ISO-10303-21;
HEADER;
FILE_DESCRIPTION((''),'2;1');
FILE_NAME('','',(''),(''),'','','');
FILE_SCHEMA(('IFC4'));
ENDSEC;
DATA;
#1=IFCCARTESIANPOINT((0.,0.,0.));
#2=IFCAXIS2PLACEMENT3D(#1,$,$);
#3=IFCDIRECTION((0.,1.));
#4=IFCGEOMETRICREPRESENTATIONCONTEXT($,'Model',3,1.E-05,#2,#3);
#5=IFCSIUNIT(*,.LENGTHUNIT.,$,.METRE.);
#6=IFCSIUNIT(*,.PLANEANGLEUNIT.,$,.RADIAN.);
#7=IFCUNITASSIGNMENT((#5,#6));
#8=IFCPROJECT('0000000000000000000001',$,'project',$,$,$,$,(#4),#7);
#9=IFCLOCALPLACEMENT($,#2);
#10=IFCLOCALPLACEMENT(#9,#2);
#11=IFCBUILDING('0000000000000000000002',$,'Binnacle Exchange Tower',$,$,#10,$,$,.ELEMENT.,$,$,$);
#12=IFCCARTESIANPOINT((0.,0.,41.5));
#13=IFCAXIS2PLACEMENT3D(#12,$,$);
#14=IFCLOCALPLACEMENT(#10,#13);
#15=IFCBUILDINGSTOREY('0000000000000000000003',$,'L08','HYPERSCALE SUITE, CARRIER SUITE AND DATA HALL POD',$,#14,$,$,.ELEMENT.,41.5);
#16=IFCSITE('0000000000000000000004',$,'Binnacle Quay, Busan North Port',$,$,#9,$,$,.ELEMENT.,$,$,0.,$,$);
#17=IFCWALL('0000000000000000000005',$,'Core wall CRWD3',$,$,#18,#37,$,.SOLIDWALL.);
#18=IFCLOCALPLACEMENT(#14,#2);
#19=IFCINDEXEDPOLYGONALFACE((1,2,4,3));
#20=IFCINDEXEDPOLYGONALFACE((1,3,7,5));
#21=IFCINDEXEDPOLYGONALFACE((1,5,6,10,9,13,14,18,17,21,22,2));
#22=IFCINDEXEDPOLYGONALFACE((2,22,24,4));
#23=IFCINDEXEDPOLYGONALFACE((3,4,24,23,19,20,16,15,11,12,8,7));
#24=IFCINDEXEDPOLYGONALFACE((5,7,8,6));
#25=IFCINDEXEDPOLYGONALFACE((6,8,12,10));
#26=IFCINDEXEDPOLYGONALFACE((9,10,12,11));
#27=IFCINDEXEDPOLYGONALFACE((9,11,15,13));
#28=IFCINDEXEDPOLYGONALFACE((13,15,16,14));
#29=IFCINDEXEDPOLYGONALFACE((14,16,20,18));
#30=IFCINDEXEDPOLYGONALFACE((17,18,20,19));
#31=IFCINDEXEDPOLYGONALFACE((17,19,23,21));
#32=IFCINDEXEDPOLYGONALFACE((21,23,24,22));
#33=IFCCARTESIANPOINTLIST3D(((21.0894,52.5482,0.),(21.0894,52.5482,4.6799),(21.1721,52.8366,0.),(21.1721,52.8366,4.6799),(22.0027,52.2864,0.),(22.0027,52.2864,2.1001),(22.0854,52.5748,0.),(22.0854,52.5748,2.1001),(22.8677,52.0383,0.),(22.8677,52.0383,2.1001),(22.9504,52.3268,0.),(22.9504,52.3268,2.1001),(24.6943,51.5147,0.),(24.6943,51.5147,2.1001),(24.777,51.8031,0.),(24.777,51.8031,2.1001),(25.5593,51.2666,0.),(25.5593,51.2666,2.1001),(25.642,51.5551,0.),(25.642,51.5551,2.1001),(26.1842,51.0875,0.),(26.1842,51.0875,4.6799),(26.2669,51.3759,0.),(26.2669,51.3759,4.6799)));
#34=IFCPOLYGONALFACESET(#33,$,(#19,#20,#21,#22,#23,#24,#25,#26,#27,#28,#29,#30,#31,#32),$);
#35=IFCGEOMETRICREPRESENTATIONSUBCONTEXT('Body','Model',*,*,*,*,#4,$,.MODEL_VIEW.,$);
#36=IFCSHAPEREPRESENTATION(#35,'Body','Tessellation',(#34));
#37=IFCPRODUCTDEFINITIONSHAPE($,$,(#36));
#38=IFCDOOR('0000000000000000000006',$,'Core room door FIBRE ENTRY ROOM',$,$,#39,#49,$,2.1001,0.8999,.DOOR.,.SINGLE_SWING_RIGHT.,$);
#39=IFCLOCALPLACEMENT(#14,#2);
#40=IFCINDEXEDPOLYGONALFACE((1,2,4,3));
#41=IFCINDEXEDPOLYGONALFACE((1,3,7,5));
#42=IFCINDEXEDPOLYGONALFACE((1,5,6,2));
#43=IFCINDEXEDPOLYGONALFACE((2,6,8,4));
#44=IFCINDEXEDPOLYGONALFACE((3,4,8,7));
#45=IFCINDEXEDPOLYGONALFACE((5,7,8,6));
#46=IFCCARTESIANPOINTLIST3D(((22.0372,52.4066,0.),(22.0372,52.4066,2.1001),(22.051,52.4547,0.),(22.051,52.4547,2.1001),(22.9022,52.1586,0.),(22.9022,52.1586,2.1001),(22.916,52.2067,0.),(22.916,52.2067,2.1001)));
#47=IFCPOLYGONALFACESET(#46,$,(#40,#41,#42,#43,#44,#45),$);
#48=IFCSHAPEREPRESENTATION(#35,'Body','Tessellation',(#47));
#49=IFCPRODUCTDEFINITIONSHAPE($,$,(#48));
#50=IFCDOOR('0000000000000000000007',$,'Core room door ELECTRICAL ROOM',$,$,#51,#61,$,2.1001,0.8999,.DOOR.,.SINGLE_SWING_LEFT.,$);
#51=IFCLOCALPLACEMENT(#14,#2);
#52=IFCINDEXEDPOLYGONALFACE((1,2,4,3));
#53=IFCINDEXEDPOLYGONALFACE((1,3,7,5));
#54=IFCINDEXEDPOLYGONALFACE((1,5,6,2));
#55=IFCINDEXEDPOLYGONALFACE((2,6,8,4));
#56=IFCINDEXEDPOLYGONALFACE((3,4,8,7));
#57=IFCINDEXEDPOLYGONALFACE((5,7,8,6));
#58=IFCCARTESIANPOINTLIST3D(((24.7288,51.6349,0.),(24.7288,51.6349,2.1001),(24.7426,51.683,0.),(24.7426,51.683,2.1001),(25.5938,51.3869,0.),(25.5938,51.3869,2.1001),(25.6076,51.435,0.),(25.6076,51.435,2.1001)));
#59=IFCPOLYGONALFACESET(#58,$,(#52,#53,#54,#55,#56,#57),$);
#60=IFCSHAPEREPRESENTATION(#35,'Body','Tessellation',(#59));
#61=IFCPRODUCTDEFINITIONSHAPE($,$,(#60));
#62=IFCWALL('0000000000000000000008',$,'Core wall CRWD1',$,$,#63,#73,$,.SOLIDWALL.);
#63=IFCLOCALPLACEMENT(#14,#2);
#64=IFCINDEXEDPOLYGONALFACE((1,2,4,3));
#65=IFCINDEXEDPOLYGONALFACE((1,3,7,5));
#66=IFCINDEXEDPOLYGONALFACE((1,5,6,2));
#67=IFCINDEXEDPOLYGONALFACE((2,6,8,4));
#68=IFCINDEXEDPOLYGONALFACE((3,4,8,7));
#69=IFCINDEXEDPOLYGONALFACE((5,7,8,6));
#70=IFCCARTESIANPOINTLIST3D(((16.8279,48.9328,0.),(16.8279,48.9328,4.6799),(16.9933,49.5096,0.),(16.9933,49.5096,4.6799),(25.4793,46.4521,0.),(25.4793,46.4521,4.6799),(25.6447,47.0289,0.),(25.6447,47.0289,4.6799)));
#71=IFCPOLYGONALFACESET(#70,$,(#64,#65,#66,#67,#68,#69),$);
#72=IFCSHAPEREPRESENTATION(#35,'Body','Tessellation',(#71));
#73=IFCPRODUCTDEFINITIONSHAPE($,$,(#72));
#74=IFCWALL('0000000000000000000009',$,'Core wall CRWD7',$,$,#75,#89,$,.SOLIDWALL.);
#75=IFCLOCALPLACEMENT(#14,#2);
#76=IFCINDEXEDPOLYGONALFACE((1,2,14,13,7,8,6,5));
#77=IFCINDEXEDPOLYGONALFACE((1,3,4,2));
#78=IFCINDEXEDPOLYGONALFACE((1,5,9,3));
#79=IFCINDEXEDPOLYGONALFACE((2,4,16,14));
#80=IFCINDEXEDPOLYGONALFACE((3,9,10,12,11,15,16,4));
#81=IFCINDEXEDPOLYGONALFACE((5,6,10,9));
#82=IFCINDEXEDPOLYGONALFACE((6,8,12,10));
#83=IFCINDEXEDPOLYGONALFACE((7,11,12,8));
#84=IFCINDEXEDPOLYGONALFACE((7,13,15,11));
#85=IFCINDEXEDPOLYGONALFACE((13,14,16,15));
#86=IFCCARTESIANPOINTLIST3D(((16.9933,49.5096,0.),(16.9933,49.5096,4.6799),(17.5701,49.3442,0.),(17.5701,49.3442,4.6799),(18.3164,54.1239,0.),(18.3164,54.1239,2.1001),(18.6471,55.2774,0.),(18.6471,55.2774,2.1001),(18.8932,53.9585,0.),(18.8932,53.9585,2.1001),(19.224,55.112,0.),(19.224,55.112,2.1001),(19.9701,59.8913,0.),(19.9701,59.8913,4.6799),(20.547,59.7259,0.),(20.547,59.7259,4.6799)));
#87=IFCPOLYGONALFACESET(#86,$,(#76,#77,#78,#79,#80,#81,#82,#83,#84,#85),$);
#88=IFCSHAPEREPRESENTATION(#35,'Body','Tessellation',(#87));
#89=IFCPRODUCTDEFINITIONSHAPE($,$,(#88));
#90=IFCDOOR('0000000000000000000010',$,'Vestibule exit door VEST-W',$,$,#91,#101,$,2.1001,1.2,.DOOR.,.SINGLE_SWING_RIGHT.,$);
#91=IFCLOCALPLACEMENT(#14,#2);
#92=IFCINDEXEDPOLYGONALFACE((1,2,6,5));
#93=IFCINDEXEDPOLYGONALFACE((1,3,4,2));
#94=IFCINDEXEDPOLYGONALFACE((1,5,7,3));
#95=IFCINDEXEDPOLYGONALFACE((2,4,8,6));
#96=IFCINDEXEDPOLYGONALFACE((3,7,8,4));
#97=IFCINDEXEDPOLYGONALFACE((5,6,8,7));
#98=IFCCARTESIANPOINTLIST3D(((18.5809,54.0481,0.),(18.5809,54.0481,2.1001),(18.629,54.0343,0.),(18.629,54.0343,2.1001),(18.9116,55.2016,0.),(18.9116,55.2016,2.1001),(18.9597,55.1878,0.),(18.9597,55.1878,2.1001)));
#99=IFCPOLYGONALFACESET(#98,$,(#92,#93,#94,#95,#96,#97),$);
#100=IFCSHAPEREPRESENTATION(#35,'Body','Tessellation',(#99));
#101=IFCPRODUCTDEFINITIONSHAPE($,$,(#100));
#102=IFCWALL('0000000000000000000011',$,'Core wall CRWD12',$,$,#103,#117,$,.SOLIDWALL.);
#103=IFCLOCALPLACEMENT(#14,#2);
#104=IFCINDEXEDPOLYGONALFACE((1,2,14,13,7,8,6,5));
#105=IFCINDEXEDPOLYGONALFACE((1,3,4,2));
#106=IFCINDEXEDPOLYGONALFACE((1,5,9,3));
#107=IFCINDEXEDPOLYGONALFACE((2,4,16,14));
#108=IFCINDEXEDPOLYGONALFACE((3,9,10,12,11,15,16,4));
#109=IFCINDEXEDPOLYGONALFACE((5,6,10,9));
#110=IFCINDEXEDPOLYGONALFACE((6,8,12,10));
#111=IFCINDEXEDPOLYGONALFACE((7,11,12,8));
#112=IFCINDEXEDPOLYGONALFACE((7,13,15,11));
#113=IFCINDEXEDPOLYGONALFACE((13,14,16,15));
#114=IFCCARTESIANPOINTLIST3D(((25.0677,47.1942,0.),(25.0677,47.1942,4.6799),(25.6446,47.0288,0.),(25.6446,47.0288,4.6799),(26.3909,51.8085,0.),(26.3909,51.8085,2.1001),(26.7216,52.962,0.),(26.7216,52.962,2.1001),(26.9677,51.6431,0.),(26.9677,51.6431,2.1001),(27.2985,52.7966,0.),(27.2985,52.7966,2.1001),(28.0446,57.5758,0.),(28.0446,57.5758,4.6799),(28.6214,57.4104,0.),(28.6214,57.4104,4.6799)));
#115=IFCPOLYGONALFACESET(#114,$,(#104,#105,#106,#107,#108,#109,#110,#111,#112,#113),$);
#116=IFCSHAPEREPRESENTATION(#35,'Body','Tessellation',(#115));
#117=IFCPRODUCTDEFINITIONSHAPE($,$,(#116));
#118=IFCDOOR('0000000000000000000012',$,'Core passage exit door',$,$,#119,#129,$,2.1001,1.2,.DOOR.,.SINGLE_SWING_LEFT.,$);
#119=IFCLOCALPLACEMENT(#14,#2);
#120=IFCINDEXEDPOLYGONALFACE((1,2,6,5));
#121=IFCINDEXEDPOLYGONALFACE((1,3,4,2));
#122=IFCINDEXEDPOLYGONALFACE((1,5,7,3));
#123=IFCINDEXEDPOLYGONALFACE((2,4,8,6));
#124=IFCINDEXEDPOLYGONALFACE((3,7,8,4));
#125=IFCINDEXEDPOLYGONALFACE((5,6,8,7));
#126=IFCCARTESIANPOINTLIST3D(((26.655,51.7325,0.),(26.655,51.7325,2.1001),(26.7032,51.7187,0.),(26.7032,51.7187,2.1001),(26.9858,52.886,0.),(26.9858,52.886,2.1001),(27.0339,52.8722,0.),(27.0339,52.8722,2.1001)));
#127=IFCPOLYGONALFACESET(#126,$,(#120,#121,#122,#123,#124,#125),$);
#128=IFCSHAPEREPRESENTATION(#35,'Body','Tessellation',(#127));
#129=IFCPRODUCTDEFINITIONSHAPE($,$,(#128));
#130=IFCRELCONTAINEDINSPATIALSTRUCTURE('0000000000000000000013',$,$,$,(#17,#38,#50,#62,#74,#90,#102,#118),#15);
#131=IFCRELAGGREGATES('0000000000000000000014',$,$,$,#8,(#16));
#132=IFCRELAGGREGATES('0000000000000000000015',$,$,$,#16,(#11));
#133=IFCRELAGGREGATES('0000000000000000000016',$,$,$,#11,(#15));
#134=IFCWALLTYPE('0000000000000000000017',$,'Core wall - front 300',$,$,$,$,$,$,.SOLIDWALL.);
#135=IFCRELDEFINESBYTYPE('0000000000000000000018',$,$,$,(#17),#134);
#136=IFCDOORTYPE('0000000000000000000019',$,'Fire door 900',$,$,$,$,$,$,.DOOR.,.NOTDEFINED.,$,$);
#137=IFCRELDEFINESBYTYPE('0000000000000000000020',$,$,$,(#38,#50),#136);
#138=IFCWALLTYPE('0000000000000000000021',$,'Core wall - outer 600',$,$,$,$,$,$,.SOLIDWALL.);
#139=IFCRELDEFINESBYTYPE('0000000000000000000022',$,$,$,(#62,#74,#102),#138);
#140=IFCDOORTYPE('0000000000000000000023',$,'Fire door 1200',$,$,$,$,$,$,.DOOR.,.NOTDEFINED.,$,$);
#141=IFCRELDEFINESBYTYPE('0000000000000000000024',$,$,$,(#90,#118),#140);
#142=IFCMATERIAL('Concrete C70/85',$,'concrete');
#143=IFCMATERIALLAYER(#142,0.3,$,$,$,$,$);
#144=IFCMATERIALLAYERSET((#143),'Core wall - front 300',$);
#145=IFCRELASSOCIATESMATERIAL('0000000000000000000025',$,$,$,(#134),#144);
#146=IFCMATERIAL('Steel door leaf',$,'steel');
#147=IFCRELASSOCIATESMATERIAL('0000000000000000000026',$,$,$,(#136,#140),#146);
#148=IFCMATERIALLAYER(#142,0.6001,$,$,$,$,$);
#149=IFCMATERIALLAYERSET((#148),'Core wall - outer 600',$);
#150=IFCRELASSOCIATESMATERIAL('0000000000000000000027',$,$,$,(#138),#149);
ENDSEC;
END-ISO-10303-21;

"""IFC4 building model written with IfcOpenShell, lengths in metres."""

from ifc_helpers import new_model, si_unit, direction, frame, frame_2d, origin, place, context, subcontext, project, spatial, rectangle, extrude, material, layer, layer_set, type_object, element, fill, save


model = new_model("IFC4")

# Units and contexts
model_context = context("Model", 3, precision=1e-05, world=origin(), true_north=direction((0.0, 1.0)))
body_context = subcontext(model_context, "Body", "Model", "MODEL_VIEW")
ifc_project = project(units=[si_unit("LENGTHUNIT", "METRE"), si_unit("PLANEANGLEUNIT", "RADIAN")], contexts=[model_context])

# Site, building, storey
site_placement = place(None, origin())
site = spatial("IfcSite", under=ifc_project, at=site_placement, Name="Binnacle Quay, Busan North Port", CompositionType="ELEMENT", RefElevation=0.0)
building_placement = place(site_placement, origin())
building = spatial("IfcBuilding", under=site, at=building_placement, Name="Binnacle Exchange Tower", CompositionType="ELEMENT")
storey_placement = place(building_placement, frame((0.0, 0.0, 41.5)))
storey = spatial("IfcBuildingStorey", under=building, at=storey_placement, Name="L08", Description="HYPERSCALE SUITE, CARRIER SUITE AND DATA HALL POD", CompositionType="ELEMENT", Elevation=41.5)

# Shared definitions
ifc_material_1 = material(Name="Concrete C70/85", Category="concrete")

# Wall, openings, doors
ifc_layer_1 = layer(ifc_material_1, 0.3)
ifc_layer_set_1 = layer_set([ifc_layer_1], Name="Core wall - front 300")
wall_type_1 = type_object("IfcWallType", Name="Core wall - front 300", PredefinedType="SOLIDWALL", material=ifc_layer_set_1)
wall_1_placement = place(storey_placement, frame((21.1309, 52.6924, 0.0), z_axis=(0.0, 0.0, 1.0), x_axis=(0.961271, -0.275603, 0.0)))
wall_1 = element("IfcWall", 1, at=wall_1_placement, inside=storey, type_object=wall_type_1, Name="Core wall CRWD3", PredefinedType="SOLIDWALL", context=body_context, shape_type="SweptSolid", body=[
    extrude(rectangle(XDim=5.3, YDim=0.3, at=frame_2d((2.6499, 0.0))), origin(), (0.0, 0.0, 1.0), 4.6799),
])
opening_1_placement = place(wall_1_placement, frame((0.95, 0.0, 0.0)))
opening_1 = element("IfcOpeningElement", 2, at=opening_1_placement, cuts=wall_1, PredefinedType="OPENING", context=body_context, shape_type="SweptSolid", body=[
    extrude(rectangle(XDim=0.8999, YDim=2.1001, at=frame_2d((0.45, 1.05))), frame((0.0, 0.1599, 0.0), z_axis=(0.0, -1.0, 0.0), x_axis=(1.0, 0.0, 0.0)), (0.0, 0.0, 1.0), 0.3201),
])
opening_2_placement = place(wall_1_placement, frame((3.75, 0.0, 0.0)))
opening_2 = element("IfcOpeningElement", 3, at=opening_2_placement, cuts=wall_1, PredefinedType="OPENING", context=body_context, shape_type="SweptSolid", body=[
    extrude(rectangle(XDim=0.8999, YDim=2.1001, at=frame_2d((0.45, 1.05))), frame((0.0, 0.1599, 0.0), z_axis=(0.0, -1.0, 0.0), x_axis=(1.0, 0.0, 0.0)), (0.0, 0.0, 1.0), 0.3201),
])
ifc_material_2 = material(Name="Steel door leaf", Category="steel")
door_type_1 = type_object("IfcDoorType", Name="Fire door 900", OperationType="NOTDEFINED", PredefinedType="DOOR", material=ifc_material_2)
door_1_placement = place(opening_1_placement, frame((0.8999, 0.0, 0.0), z_axis=(0.0, 0.0, 1.0), x_axis=(-1.0, 0.0, 0.0)))
door_1 = element("IfcDoor", 4, at=door_1_placement, inside=storey, type_object=door_type_1, Name="Core room door FIBRE ENTRY ROOM", OperationType="SINGLE_SWING_RIGHT", OverallHeight=2.1001, OverallWidth=0.8999, PredefinedType="DOOR", context=body_context, shape_type="SweptSolid", body=[
    extrude(rectangle(XDim=0.8999, YDim=2.1001, at=frame_2d((0.45, 1.05))), frame((0.0, 0.0249, 0.0), z_axis=(0.0, -1.0, 0.0), x_axis=(1.0, 0.0, 0.0)), (0.0, 0.0, 1.0), 0.05),
])
fill(opening_1, door_1)
door_2_placement = place(opening_2_placement, frame((0.8999, 0.0, 0.0), z_axis=(0.0, 0.0, 1.0), x_axis=(-1.0, 0.0, 0.0)))
door_2 = element("IfcDoor", 5, at=door_2_placement, inside=storey, type_object=door_type_1, Name="Core room door ELECTRICAL ROOM", OperationType="SINGLE_SWING_LEFT", OverallHeight=2.1001, OverallWidth=0.8999, PredefinedType="DOOR", context=body_context, shape_type="SweptSolid", body=[
    extrude(rectangle(XDim=0.8999, YDim=2.1001, at=frame_2d((0.45, 1.05))), frame((0.0, 0.0249, 0.0), z_axis=(0.0, -1.0, 0.0), x_axis=(1.0, 0.0, 0.0)), (0.0, 0.0, 1.0), 0.05),
])
fill(opening_2, door_2)

# Wall
ifc_layer_2 = layer(ifc_material_1, 0.6001)
ifc_layer_set_2 = layer_set([ifc_layer_2], Name="Core wall - outer 600")
wall_type_2 = type_object("IfcWallType", Name="Core wall - outer 600", PredefinedType="SOLIDWALL", material=ifc_layer_set_2)
wall_2_placement = place(storey_placement, frame((16.9106, 49.2212, 0.0), z_axis=(0.0, 0.0, 1.0), x_axis=(0.961262, -0.275635, 0.0)))
element("IfcWall", 6, at=wall_2_placement, inside=storey, type_object=wall_type_2, Name="Core wall CRWD1", PredefinedType="SOLIDWALL", context=body_context, shape_type="SweptSolid", body=[
    extrude(rectangle(XDim=9.0, YDim=0.6001, at=frame_2d((4.5, 0.0))), origin(), (0.0, 0.0, 1.0), 4.6799),
])

# Walls, openings, doors
wall_3_placement = place(storey_placement, frame((17.2817, 49.427, 0.0), z_axis=(0.0, 0.0, 1.0), x_axis=(0.275632, 0.961263, 0.0)))
wall_3 = element("IfcWall", 7, at=wall_3_placement, inside=storey, type_object=wall_type_2, Name="Core wall CRWD7", PredefinedType="SOLIDWALL", context=body_context, shape_type="SweptSolid", body=[
    extrude(rectangle(XDim=10.8, YDim=0.6001, at=frame_2d((5.3999, 0.0))), origin(), (0.0, 0.0, 1.0), 4.6799),
])
opening_3_placement = place(wall_3_placement, frame((4.8, 0.0, 0.0)))
opening_3 = element("IfcOpeningElement", 8, at=opening_3_placement, cuts=wall_3, PredefinedType="OPENING", context=body_context, shape_type="SweptSolid", body=[
    extrude(rectangle(XDim=1.2, YDim=2.1001, at=frame_2d((0.6001, 1.05))), frame((0.0, 0.3101, 0.0), z_axis=(0.0, -1.0, 0.0), x_axis=(1.0, 0.0, 0.0)), (0.0, 0.0, 1.0), 0.6201),
])
door_type_2 = type_object("IfcDoorType", Name="Fire door 1200", OperationType="NOTDEFINED", PredefinedType="DOOR", material=ifc_material_2)
door_3_placement = place(opening_3_placement, origin())
door_3 = element("IfcDoor", 9, at=door_3_placement, inside=storey, type_object=door_type_2, Name="Vestibule exit door VEST-W", OperationType="SINGLE_SWING_RIGHT", OverallHeight=2.1001, OverallWidth=1.2, PredefinedType="DOOR", context=body_context, shape_type="SweptSolid", body=[
    extrude(rectangle(XDim=1.2, YDim=2.1001, at=frame_2d((0.6001, 1.05))), frame((0.0, 0.0249, 0.0), z_axis=(0.0, -1.0, 0.0), x_axis=(1.0, 0.0, 0.0)), (0.0, 0.0, 1.0), 0.05),
])
fill(opening_3, door_3)
wall_4_placement = place(storey_placement, frame((25.3562, 47.1116, 0.0), z_axis=(0.0, 0.0, 1.0), x_axis=(0.275632, 0.961263, 0.0)))
wall_4 = element("IfcWall", 10, at=wall_4_placement, inside=storey, type_object=wall_type_2, Name="Core wall CRWD12", PredefinedType="SOLIDWALL", context=body_context, shape_type="SweptSolid", body=[
    extrude(rectangle(XDim=10.8, YDim=0.6001, at=frame_2d((5.3999, 0.0))), origin(), (0.0, 0.0, 1.0), 4.6799),
])
opening_4_placement = place(wall_4_placement, frame((4.8, 0.0, 0.0)))
opening_4 = element("IfcOpeningElement", 11, at=opening_4_placement, cuts=wall_4, PredefinedType="OPENING", context=body_context, shape_type="SweptSolid", body=[
    extrude(rectangle(XDim=1.2, YDim=2.1001, at=frame_2d((0.6001, 1.05))), frame((0.0, 0.3101, 0.0), z_axis=(0.0, -1.0, 0.0), x_axis=(1.0, 0.0, 0.0)), (0.0, 0.0, 1.0), 0.6201),
])
door_4_placement = place(opening_4_placement, frame((1.2, 0.0, 0.0), z_axis=(0.0, 0.0, 1.0), x_axis=(-1.0, 0.0, 0.0)))
door_4 = element("IfcDoor", 12, at=door_4_placement, inside=storey, type_object=door_type_2, Name="Core passage exit door", OperationType="SINGLE_SWING_LEFT", OverallHeight=2.1001, OverallWidth=1.2, PredefinedType="DOOR", context=body_context, shape_type="SweptSolid", body=[
    extrude(rectangle(XDim=1.2, YDim=2.1001, at=frame_2d((0.6001, 1.05))), frame((0.0, 0.0249, 0.0), z_axis=(0.0, -1.0, 0.0), x_axis=(1.0, 0.0, 0.0)), (0.0, 0.0, 1.0), 0.05),
])
fill(opening_4, door_4)

save(model, "model.ifc")
